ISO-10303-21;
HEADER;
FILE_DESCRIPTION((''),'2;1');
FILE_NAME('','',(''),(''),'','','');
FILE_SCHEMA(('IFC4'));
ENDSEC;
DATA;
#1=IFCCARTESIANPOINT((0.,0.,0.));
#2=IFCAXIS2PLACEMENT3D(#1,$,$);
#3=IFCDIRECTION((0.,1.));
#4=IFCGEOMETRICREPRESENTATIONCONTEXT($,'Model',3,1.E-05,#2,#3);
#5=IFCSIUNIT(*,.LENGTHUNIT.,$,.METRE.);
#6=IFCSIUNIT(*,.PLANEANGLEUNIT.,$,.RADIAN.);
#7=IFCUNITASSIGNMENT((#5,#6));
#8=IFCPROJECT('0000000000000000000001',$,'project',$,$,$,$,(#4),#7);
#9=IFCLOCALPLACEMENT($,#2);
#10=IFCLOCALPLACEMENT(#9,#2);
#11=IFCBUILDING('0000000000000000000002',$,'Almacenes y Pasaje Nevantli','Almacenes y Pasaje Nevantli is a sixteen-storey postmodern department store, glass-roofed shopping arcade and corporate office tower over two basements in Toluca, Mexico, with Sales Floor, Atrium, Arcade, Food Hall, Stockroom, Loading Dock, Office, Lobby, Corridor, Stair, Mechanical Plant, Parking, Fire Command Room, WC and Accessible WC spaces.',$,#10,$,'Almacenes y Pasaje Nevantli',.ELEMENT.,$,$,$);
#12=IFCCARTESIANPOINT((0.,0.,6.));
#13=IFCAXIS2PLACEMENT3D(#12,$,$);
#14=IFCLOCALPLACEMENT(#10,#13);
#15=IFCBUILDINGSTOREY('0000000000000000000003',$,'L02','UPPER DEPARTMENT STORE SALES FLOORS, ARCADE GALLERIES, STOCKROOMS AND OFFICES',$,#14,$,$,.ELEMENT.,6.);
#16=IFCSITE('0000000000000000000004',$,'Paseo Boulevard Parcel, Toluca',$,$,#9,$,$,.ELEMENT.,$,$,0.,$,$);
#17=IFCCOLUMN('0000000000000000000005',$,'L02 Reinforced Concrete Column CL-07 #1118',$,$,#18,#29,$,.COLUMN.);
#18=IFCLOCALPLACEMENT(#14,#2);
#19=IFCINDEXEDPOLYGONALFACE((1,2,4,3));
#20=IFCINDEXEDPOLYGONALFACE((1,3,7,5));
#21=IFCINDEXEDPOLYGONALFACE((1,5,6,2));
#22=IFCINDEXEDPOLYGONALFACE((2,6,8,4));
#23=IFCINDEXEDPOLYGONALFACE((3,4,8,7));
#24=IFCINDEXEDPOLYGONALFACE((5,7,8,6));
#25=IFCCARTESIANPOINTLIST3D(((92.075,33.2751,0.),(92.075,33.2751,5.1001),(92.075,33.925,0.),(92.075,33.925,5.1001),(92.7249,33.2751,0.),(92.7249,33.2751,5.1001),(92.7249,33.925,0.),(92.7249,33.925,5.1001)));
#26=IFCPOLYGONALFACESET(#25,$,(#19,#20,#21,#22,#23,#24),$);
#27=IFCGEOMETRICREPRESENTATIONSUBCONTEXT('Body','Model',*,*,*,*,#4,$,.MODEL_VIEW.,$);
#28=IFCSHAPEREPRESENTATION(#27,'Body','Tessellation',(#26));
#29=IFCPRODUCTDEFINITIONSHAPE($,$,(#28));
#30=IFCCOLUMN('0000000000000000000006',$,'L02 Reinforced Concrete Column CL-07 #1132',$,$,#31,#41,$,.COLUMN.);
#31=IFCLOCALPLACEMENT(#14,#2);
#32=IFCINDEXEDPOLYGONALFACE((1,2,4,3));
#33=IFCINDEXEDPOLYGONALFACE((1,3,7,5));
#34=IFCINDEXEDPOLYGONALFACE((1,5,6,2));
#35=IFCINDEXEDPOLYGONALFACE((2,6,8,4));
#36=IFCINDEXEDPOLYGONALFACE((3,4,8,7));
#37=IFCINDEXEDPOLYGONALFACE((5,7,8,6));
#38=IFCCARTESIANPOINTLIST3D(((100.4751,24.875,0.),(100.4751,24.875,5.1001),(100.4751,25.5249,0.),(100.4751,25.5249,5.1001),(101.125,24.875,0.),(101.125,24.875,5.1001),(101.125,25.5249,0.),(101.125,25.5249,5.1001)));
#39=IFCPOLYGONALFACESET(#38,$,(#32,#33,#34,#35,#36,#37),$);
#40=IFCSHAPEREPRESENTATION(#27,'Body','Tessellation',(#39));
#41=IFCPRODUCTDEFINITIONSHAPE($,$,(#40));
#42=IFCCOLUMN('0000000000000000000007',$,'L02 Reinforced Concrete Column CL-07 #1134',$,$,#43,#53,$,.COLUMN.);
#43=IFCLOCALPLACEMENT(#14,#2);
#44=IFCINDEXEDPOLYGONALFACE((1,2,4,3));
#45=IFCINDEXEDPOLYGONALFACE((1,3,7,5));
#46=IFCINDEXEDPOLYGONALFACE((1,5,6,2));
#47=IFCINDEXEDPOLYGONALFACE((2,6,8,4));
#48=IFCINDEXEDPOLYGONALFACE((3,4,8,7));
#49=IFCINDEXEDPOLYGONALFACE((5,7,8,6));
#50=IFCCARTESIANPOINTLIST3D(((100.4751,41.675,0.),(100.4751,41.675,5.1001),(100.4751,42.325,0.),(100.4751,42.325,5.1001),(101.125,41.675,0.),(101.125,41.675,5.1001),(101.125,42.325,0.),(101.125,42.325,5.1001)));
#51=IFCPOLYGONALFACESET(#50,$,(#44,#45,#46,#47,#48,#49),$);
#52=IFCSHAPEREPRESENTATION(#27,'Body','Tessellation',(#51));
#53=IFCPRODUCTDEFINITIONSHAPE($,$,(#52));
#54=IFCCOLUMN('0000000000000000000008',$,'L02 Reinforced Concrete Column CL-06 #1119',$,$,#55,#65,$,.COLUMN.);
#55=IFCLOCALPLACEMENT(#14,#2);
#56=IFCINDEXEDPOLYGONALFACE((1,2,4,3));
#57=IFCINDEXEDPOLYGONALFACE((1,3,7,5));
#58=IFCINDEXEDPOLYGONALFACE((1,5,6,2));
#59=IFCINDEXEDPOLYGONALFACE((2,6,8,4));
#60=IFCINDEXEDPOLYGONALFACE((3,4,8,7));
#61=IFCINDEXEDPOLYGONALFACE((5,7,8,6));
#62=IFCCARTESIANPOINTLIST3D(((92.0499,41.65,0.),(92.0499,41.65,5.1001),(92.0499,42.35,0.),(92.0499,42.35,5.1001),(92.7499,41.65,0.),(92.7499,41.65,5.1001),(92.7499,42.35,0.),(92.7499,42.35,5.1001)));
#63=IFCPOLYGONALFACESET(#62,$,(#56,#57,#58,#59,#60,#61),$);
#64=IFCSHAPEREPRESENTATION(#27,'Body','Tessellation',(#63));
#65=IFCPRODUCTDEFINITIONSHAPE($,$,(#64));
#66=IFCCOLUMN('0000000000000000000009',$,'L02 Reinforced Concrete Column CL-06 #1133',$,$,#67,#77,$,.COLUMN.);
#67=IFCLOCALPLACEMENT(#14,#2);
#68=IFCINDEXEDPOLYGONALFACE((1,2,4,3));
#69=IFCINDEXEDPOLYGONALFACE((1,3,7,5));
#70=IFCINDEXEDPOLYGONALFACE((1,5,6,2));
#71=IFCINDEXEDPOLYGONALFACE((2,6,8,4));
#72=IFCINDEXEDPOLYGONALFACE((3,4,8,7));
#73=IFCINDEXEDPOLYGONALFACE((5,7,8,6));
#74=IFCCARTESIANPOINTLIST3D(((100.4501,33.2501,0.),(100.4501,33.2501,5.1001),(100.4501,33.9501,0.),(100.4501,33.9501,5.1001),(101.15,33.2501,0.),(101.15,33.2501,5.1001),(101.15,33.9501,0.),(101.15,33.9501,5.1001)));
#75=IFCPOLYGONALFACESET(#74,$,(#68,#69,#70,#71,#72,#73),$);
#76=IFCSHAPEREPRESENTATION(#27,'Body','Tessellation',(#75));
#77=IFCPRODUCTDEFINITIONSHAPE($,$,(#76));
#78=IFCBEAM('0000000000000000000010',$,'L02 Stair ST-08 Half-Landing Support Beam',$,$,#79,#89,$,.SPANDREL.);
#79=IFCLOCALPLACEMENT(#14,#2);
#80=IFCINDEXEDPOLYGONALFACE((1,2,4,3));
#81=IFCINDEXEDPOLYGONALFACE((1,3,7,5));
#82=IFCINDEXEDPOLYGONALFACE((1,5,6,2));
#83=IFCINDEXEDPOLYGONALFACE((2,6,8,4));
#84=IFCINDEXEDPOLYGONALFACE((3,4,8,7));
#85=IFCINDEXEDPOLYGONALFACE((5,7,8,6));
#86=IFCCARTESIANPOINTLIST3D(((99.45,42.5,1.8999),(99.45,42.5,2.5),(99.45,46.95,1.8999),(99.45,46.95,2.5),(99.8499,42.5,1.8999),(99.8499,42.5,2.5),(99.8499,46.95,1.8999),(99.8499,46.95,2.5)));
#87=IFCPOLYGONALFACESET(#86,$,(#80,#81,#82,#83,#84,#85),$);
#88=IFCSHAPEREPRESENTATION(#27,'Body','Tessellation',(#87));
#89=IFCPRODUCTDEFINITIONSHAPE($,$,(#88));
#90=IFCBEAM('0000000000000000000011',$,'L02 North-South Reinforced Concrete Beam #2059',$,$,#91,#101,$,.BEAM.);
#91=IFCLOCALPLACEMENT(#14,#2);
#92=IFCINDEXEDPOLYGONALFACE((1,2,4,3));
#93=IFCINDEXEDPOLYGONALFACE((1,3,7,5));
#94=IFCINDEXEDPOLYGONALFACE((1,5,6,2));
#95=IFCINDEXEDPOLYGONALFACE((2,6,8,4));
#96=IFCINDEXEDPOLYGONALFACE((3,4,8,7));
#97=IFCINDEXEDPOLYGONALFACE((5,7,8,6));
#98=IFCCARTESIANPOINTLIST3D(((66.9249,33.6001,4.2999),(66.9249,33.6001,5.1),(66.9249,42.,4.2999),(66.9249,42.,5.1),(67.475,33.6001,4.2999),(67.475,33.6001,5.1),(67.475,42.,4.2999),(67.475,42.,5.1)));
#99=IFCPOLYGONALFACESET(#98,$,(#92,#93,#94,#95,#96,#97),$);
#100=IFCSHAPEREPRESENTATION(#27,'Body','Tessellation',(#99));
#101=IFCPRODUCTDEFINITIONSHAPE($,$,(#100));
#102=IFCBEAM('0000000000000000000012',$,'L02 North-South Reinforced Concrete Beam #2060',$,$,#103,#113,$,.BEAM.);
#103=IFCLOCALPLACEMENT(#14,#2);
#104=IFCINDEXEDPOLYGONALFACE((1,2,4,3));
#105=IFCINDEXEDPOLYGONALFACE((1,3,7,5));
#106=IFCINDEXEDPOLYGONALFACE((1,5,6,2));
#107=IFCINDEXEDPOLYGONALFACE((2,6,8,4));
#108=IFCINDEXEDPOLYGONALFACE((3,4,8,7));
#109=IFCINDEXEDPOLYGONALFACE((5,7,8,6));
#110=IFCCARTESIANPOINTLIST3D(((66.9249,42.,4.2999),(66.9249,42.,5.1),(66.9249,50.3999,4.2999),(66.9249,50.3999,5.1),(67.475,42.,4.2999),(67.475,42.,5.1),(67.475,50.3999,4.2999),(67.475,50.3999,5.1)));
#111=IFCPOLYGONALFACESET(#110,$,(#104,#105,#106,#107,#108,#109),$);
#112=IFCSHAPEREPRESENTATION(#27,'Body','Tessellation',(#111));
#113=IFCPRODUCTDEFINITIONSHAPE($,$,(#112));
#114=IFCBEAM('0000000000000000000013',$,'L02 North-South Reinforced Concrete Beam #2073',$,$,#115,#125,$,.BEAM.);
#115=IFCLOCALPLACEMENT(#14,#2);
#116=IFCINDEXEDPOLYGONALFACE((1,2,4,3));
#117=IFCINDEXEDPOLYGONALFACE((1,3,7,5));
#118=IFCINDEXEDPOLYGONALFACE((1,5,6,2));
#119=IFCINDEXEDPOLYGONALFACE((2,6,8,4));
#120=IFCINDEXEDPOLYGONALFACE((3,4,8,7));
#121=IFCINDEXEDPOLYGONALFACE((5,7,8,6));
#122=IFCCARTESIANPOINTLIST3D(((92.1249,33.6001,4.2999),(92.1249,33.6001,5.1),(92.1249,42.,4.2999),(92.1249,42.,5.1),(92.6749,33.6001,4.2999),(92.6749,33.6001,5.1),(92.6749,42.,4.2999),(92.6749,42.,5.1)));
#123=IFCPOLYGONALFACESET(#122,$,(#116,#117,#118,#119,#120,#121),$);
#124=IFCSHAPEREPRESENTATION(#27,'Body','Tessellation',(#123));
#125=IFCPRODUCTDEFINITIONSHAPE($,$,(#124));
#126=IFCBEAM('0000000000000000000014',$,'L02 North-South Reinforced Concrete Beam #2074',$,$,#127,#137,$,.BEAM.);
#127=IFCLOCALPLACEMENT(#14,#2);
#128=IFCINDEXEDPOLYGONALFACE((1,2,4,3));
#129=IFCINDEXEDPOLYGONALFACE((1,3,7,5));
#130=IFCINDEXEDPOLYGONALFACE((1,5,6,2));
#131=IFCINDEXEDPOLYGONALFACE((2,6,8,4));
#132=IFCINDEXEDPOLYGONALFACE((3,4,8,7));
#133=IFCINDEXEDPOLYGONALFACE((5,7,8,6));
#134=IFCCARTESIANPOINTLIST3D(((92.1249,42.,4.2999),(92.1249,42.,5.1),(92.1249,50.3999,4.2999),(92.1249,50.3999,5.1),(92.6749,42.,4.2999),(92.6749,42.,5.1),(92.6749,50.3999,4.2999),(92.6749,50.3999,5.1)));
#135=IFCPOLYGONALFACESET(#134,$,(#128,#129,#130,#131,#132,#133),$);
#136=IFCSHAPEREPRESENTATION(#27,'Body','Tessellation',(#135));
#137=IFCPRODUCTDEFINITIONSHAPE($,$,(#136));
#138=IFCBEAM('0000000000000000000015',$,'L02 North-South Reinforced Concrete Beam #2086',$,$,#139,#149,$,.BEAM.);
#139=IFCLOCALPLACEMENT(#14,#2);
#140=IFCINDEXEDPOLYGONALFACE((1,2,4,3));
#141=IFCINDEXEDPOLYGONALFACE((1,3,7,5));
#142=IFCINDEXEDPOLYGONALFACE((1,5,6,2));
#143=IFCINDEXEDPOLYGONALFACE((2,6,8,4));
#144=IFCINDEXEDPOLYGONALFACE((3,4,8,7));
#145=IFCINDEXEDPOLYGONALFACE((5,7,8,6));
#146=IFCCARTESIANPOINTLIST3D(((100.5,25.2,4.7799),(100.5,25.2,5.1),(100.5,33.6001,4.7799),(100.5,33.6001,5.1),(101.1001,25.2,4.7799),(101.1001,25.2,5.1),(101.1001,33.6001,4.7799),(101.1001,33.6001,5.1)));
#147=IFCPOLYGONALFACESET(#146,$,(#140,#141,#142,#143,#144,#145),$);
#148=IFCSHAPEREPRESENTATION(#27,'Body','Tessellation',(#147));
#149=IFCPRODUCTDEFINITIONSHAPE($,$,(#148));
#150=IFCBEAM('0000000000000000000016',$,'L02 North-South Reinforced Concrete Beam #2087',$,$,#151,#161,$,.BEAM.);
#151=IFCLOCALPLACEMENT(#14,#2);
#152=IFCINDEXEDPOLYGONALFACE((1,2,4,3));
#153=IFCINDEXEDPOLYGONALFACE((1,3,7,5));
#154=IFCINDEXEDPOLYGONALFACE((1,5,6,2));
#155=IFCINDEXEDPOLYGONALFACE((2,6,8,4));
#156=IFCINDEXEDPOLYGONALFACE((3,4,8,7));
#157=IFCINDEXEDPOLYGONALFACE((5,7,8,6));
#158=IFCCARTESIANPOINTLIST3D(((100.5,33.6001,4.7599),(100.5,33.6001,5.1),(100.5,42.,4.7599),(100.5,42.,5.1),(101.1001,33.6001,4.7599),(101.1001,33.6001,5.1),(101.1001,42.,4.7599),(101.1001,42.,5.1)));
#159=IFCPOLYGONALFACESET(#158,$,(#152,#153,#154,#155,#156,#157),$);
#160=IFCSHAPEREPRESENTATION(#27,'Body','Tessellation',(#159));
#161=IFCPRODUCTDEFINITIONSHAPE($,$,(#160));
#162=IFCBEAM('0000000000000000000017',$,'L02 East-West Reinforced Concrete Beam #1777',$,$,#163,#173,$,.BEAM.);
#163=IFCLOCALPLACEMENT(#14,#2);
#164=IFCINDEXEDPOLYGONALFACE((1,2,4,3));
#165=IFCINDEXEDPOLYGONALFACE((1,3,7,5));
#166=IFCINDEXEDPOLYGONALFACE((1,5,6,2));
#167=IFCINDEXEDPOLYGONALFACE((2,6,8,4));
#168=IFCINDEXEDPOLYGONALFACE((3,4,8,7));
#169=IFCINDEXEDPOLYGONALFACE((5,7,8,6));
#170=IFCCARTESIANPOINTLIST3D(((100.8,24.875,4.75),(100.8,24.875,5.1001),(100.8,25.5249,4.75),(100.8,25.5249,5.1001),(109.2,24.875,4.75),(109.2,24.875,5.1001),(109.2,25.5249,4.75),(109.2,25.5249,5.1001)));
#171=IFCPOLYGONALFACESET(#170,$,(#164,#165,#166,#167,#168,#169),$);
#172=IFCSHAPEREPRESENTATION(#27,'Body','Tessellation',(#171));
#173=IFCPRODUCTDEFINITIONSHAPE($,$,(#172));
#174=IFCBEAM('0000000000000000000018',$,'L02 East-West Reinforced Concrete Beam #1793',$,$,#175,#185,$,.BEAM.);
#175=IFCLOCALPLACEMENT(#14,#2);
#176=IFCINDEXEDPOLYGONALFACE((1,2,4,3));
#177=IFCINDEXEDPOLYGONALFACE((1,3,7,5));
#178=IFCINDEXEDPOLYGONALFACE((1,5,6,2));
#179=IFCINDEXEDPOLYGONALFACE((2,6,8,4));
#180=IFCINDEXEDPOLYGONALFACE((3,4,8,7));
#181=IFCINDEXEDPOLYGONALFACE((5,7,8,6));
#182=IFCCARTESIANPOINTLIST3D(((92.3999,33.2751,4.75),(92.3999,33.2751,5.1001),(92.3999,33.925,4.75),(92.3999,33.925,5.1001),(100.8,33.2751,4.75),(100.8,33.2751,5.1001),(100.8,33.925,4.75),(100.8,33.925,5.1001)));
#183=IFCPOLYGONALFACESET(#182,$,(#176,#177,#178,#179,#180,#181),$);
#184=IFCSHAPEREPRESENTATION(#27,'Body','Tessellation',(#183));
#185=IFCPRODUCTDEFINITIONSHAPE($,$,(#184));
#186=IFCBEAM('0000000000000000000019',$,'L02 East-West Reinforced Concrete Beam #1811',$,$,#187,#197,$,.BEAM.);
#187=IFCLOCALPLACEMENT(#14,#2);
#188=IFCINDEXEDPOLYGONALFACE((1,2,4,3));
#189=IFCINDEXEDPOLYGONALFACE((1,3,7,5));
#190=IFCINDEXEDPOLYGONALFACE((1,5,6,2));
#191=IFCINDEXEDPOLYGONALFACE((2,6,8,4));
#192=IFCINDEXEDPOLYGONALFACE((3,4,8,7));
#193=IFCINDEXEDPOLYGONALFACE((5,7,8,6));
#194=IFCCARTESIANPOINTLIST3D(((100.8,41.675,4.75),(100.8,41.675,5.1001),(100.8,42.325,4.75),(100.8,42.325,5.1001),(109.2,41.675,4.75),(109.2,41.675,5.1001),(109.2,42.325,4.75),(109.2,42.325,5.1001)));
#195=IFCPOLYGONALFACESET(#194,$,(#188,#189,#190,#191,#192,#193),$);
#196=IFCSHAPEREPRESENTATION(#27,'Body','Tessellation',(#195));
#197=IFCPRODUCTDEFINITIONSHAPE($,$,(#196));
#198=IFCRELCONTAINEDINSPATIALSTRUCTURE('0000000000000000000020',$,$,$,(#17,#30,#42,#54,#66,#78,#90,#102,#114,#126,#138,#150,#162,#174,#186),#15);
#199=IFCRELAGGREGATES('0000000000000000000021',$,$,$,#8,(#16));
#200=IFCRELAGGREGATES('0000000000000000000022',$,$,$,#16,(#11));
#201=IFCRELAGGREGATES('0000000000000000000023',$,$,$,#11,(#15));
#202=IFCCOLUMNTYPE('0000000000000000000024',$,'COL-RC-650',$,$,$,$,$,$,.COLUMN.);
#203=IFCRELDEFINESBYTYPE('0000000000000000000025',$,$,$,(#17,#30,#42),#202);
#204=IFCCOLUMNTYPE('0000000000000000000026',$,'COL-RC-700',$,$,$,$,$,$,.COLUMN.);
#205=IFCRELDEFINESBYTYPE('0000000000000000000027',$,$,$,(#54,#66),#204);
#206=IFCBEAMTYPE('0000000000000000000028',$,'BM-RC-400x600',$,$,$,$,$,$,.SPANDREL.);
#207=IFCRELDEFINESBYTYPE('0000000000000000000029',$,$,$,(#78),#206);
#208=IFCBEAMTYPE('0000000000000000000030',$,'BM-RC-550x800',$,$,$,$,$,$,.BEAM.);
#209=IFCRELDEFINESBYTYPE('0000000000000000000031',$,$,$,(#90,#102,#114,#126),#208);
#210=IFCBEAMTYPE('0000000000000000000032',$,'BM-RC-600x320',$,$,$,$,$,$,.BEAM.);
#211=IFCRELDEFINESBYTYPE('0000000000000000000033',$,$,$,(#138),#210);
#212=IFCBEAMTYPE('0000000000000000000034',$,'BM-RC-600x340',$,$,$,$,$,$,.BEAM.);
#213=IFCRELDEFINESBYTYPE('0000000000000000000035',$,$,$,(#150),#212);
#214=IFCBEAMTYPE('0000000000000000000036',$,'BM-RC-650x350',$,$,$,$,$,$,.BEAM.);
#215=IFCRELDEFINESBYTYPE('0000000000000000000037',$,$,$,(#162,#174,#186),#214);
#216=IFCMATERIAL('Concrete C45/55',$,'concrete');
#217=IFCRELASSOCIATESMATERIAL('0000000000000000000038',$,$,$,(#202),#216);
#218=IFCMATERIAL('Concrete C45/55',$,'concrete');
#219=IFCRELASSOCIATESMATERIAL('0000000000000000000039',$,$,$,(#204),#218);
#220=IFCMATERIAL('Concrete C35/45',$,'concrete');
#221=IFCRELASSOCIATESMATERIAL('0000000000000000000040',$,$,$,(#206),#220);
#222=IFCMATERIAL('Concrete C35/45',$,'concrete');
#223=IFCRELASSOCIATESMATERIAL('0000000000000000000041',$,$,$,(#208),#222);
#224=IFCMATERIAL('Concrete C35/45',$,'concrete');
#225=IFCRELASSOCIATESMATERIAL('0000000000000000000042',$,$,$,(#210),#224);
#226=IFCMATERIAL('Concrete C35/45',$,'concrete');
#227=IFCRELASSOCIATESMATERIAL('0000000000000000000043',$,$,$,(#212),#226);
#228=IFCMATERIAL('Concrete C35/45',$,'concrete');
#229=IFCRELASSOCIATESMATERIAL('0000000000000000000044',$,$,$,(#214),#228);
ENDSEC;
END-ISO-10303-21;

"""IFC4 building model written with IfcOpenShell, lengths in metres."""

from ifc_helpers import new_model, si_unit, direction, frame, origin, origin_2d, place, context, subcontext, project, spatial, rectangle, extrude, material, material_profile, profile_set, type_object, element, save


model = new_model("IFC4")

# Units and contexts
model_context = context("Model", 3, precision=1e-05, world=origin(), true_north=direction((0.0, 1.0)))
body_context = subcontext(model_context, "Body", "Model", "MODEL_VIEW")
ifc_project = project(units=[si_unit("LENGTHUNIT", "METRE"), si_unit("PLANEANGLEUNIT", "RADIAN")], contexts=[model_context])

# Site, building, storey
site_placement = place(None, origin())
site = spatial("IfcSite", under=ifc_project, at=site_placement, Name="Paseo Boulevard Parcel, Toluca", CompositionType="ELEMENT", RefElevation=0.0)
building_placement = place(site_placement, origin())
building = spatial("IfcBuilding", under=site, at=building_placement, Name="Almacenes y Pasaje Nevantli", Description="Almacenes y Pasaje Nevantli is a sixteen-storey postmodern department store, glass-roofed shopping arcade and corporate office tower over two basements in Toluca, Mexico, with Sales Floor, Atrium, Arcade, Food Hall, Stockroom, Loading Dock, Office, Lobby, Corridor, Stair, Mechanical Plant, Parking, Fire Command Room, WC and Accessible WC spaces.", LongName="Almacenes y Pasaje Nevantli", CompositionType="ELEMENT")
storey_placement = place(building_placement, frame((0.0, 0.0, 6.0)))
storey = spatial("IfcBuildingStorey", under=building, at=storey_placement, Name="L02", Description="UPPER DEPARTMENT STORE SALES FLOORS, ARCADE GALLERIES, STOCKROOMS AND OFFICES", CompositionType="ELEMENT", Elevation=6.0)

# Columns
ifc_material_1 = material(Name="Concrete C45/55", Category="concrete")
ifc_material_profile_1 = material_profile(ifc_material_1, rectangle(XDim=0.6499, YDim=0.6499, at=origin_2d()), Name="RC-COL-650x650")
ifc_profile_set_1 = profile_set([ifc_material_profile_1], Name="Concrete C45/55")
column_type_1 = type_object("IfcColumnType", Name="COL-RC-650", PredefinedType="COLUMN", material=ifc_profile_set_1)
for number, where, z_axis, x_axis, name in (
    (1, (92.3999, 33.6001, 0.0), (0.0, 0.0, 1.0), (1.0, 0.0, 0.0), "L02 Reinforced Concrete Column CL-07 #1118"),
    (2, (100.8, 25.2, 0.0), (0.0, 0.0, 1.0), (1.0, 0.0, 0.0), "L02 Reinforced Concrete Column CL-07 #1132"),
    (3, (100.8, 42.0, 0.0), (0.0, 0.0, 1.0), (1.0, 0.0, 0.0), "L02 Reinforced Concrete Column CL-07 #1134"),
):
    element("IfcColumn", number, at=place(storey_placement, frame(where, z_axis=z_axis, x_axis=x_axis)), inside=storey, type_object=column_type_1, Name=name, PredefinedType="COLUMN", context=body_context, shape_type="SweptSolid", body=[
        extrude(rectangle(XDim=0.6499, YDim=0.6499, at=origin_2d()), origin(), (0.0, 0.0, 1.0), 5.1001),
    ])
ifc_material_2 = material(Name="Concrete C45/55", Category="concrete")
ifc_material_profile_2 = material_profile(ifc_material_2, rectangle(XDim=0.7, YDim=0.7, at=origin_2d()), Name="RC-COL-700x700")
ifc_profile_set_2 = profile_set([ifc_material_profile_2], Name="Concrete C45/55")
column_type_2 = type_object("IfcColumnType", Name="COL-RC-700", PredefinedType="COLUMN", material=ifc_profile_set_2)
for number, where, z_axis, x_axis, name in (
    (4, (92.3999, 42.0, 0.0), (0.0, 0.0, 1.0), (1.0, 0.0, 0.0), "L02 Reinforced Concrete Column CL-06 #1119"),
    (5, (100.8, 33.6001, 0.0), (0.0, 0.0, 1.0), (1.0, 0.0, 0.0), "L02 Reinforced Concrete Column CL-06 #1133"),
):
    element("IfcColumn", number, at=place(storey_placement, frame(where, z_axis=z_axis, x_axis=x_axis)), inside=storey, type_object=column_type_2, Name=name, PredefinedType="COLUMN", context=body_context, shape_type="SweptSolid", body=[
        extrude(rectangle(XDim=0.7, YDim=0.7, at=origin_2d()), origin(), (0.0, 0.0, 1.0), 5.1001),
    ])

# Beams
ifc_material_3 = material(Name="Concrete C35/45", Category="concrete")
ifc_material_profile_3 = material_profile(ifc_material_3, rectangle(XDim=0.3999, YDim=0.6001, at=origin_2d()), Name="RC-BM-400x600")
ifc_profile_set_3 = profile_set([ifc_material_profile_3], Name="Concrete C35/45")
beam_type_1 = type_object("IfcBeamType", Name="BM-RC-400x600", PredefinedType="SPANDREL", material=ifc_profile_set_3)
beam_1_placement = place(storey_placement, frame((99.6499, 42.5, 2.2), z_axis=(0.0, 1.0, 0.0), x_axis=(-1.0, 0.0, 0.0)))
element("IfcBeam", 6, at=beam_1_placement, inside=storey, type_object=beam_type_1, Name="L02 Stair ST-08 Half-Landing Support Beam", PredefinedType="SPANDREL", context=body_context, shape_type="SweptSolid", body=[
    extrude(rectangle(XDim=0.3999, YDim=0.6001, at=origin_2d()), origin(), (0.0, 0.0, 1.0), 4.45),
])
ifc_material_4 = material(Name="Concrete C35/45", Category="concrete")
ifc_material_profile_4 = material_profile(ifc_material_4, rectangle(XDim=0.55, YDim=0.8, at=origin_2d()), Name="RC-BM-550x800")
ifc_profile_set_4 = profile_set([ifc_material_profile_4], Name="Concrete C35/45")
beam_type_2 = type_object("IfcBeamType", Name="BM-RC-550x800", PredefinedType="BEAM", material=ifc_profile_set_4)
for number, where, z_axis, x_axis, name in (
    (7, (67.2, 33.6001, 4.7), (0.0, 1.0, 0.0), (-1.0, 0.0, 0.0), "L02 North-South Reinforced Concrete Beam #2059"),
    (8, (67.2, 42.0, 4.7), (0.0, 1.0, 0.0), (-1.0, 0.0, 0.0), "L02 North-South Reinforced Concrete Beam #2060"),
    (9, (92.3999, 33.6001, 4.7), (0.0, 1.0, 0.0), (-1.0, 0.0, 0.0), "L02 North-South Reinforced Concrete Beam #2073"),
    (10, (92.3999, 42.0, 4.7), (0.0, 1.0, 0.0), (-1.0, 0.0, 0.0), "L02 North-South Reinforced Concrete Beam #2074"),
):
    element("IfcBeam", number, at=place(storey_placement, frame(where, z_axis=z_axis, x_axis=x_axis)), inside=storey, type_object=beam_type_2, Name=name, PredefinedType="BEAM", context=body_context, shape_type="SweptSolid", body=[
        extrude(rectangle(XDim=0.55, YDim=0.8, at=origin_2d()), origin(), (0.0, 0.0, 1.0), 8.3999),
    ])
ifc_material_5 = material(Name="Concrete C35/45", Category="concrete")
ifc_material_profile_5 = material_profile(ifc_material_5, rectangle(XDim=0.6001, YDim=0.3201, at=origin_2d()), Name="RC-BM-600x320")
ifc_profile_set_5 = profile_set([ifc_material_profile_5], Name="Concrete C35/45")
beam_type_3 = type_object("IfcBeamType", Name="BM-RC-600x320", PredefinedType="BEAM", material=ifc_profile_set_5)
beam_2_placement = place(storey_placement, frame((100.8, 25.2, 4.9399), z_axis=(0.0, 1.0, 0.0), x_axis=(-1.0, 0.0, 0.0)))
element("IfcBeam", 11, at=beam_2_placement, inside=storey, type_object=beam_type_3, Name="L02 North-South Reinforced Concrete Beam #2086", PredefinedType="BEAM", context=body_context, shape_type="SweptSolid", body=[
    extrude(rectangle(XDim=0.6001, YDim=0.3201, at=origin_2d()), origin(), (0.0, 0.0, 1.0), 8.4001),
])
ifc_material_6 = material(Name="Concrete C35/45", Category="concrete")
ifc_material_profile_6 = material_profile(ifc_material_6, rectangle(XDim=0.6001, YDim=0.3401, at=origin_2d()), Name="RC-BM-600x340")
ifc_profile_set_6 = profile_set([ifc_material_profile_6], Name="Concrete C35/45")
beam_type_4 = type_object("IfcBeamType", Name="BM-RC-600x340", PredefinedType="BEAM", material=ifc_profile_set_6)
beam_3_placement = place(storey_placement, frame((100.8, 33.6001, 4.9299), z_axis=(0.0, 1.0, 0.0), x_axis=(-1.0, 0.0, 0.0)))
element("IfcBeam", 12, at=beam_3_placement, inside=storey, type_object=beam_type_4, Name="L02 North-South Reinforced Concrete Beam #2087", PredefinedType="BEAM", context=body_context, shape_type="SweptSolid", body=[
    extrude(rectangle(XDim=0.6001, YDim=0.3401, at=origin_2d()), origin(), (0.0, 0.0, 1.0), 8.3999),
])
ifc_material_7 = material(Name="Concrete C35/45", Category="concrete")
ifc_material_profile_7 = material_profile(ifc_material_7, rectangle(XDim=0.6499, YDim=0.3501, at=origin_2d()), Name="RC-BM-650x350")
ifc_profile_set_7 = profile_set([ifc_material_profile_7], Name="Concrete C35/45")
beam_type_5 = type_object("IfcBeamType", Name="BM-RC-650x350", PredefinedType="BEAM", material=ifc_profile_set_7)
beam_4_placement = place(storey_placement, frame((100.8, 25.2, 4.925), z_axis=(1.0, 0.0, 0.0), x_axis=(0.0, 1.0, 0.0)))
element("IfcBeam", 13, at=beam_4_placement, inside=storey, type_object=beam_type_5, Name="L02 East-West Reinforced Concrete Beam #1777", PredefinedType="BEAM", context=body_context, shape_type="SweptSolid", body=[
    extrude(rectangle(XDim=0.6499, YDim=0.3501, at=origin_2d()), origin(), (0.0, 0.0, 1.0), 8.3999),
])
beam_5_placement = place(storey_placement, frame((92.3999, 33.6001, 4.925), z_axis=(1.0, 0.0, 0.0), x_axis=(0.0, 1.0, 0.0)))
element("IfcBeam", 14, at=beam_5_placement, inside=storey, type_object=beam_type_5, Name="L02 East-West Reinforced Concrete Beam #1793", PredefinedType="BEAM", context=body_context, shape_type="SweptSolid", body=[
    extrude(rectangle(XDim=0.6499, YDim=0.3501, at=origin_2d()), origin(), (0.0, 0.0, 1.0), 8.4001),
])
beam_6_placement = place(storey_placement, frame((100.8, 42.0, 4.925), z_axis=(1.0, 0.0, 0.0), x_axis=(0.0, 1.0, 0.0)))
element("IfcBeam", 15, at=beam_6_placement, inside=storey, type_object=beam_type_5, Name="L02 East-West Reinforced Concrete Beam #1811", PredefinedType="BEAM", context=body_context, shape_type="SweptSolid", body=[
    extrude(rectangle(XDim=0.6499, YDim=0.3501, at=origin_2d()), origin(), (0.0, 0.0, 1.0), 8.3999),
])

save(model, "model.ifc")
